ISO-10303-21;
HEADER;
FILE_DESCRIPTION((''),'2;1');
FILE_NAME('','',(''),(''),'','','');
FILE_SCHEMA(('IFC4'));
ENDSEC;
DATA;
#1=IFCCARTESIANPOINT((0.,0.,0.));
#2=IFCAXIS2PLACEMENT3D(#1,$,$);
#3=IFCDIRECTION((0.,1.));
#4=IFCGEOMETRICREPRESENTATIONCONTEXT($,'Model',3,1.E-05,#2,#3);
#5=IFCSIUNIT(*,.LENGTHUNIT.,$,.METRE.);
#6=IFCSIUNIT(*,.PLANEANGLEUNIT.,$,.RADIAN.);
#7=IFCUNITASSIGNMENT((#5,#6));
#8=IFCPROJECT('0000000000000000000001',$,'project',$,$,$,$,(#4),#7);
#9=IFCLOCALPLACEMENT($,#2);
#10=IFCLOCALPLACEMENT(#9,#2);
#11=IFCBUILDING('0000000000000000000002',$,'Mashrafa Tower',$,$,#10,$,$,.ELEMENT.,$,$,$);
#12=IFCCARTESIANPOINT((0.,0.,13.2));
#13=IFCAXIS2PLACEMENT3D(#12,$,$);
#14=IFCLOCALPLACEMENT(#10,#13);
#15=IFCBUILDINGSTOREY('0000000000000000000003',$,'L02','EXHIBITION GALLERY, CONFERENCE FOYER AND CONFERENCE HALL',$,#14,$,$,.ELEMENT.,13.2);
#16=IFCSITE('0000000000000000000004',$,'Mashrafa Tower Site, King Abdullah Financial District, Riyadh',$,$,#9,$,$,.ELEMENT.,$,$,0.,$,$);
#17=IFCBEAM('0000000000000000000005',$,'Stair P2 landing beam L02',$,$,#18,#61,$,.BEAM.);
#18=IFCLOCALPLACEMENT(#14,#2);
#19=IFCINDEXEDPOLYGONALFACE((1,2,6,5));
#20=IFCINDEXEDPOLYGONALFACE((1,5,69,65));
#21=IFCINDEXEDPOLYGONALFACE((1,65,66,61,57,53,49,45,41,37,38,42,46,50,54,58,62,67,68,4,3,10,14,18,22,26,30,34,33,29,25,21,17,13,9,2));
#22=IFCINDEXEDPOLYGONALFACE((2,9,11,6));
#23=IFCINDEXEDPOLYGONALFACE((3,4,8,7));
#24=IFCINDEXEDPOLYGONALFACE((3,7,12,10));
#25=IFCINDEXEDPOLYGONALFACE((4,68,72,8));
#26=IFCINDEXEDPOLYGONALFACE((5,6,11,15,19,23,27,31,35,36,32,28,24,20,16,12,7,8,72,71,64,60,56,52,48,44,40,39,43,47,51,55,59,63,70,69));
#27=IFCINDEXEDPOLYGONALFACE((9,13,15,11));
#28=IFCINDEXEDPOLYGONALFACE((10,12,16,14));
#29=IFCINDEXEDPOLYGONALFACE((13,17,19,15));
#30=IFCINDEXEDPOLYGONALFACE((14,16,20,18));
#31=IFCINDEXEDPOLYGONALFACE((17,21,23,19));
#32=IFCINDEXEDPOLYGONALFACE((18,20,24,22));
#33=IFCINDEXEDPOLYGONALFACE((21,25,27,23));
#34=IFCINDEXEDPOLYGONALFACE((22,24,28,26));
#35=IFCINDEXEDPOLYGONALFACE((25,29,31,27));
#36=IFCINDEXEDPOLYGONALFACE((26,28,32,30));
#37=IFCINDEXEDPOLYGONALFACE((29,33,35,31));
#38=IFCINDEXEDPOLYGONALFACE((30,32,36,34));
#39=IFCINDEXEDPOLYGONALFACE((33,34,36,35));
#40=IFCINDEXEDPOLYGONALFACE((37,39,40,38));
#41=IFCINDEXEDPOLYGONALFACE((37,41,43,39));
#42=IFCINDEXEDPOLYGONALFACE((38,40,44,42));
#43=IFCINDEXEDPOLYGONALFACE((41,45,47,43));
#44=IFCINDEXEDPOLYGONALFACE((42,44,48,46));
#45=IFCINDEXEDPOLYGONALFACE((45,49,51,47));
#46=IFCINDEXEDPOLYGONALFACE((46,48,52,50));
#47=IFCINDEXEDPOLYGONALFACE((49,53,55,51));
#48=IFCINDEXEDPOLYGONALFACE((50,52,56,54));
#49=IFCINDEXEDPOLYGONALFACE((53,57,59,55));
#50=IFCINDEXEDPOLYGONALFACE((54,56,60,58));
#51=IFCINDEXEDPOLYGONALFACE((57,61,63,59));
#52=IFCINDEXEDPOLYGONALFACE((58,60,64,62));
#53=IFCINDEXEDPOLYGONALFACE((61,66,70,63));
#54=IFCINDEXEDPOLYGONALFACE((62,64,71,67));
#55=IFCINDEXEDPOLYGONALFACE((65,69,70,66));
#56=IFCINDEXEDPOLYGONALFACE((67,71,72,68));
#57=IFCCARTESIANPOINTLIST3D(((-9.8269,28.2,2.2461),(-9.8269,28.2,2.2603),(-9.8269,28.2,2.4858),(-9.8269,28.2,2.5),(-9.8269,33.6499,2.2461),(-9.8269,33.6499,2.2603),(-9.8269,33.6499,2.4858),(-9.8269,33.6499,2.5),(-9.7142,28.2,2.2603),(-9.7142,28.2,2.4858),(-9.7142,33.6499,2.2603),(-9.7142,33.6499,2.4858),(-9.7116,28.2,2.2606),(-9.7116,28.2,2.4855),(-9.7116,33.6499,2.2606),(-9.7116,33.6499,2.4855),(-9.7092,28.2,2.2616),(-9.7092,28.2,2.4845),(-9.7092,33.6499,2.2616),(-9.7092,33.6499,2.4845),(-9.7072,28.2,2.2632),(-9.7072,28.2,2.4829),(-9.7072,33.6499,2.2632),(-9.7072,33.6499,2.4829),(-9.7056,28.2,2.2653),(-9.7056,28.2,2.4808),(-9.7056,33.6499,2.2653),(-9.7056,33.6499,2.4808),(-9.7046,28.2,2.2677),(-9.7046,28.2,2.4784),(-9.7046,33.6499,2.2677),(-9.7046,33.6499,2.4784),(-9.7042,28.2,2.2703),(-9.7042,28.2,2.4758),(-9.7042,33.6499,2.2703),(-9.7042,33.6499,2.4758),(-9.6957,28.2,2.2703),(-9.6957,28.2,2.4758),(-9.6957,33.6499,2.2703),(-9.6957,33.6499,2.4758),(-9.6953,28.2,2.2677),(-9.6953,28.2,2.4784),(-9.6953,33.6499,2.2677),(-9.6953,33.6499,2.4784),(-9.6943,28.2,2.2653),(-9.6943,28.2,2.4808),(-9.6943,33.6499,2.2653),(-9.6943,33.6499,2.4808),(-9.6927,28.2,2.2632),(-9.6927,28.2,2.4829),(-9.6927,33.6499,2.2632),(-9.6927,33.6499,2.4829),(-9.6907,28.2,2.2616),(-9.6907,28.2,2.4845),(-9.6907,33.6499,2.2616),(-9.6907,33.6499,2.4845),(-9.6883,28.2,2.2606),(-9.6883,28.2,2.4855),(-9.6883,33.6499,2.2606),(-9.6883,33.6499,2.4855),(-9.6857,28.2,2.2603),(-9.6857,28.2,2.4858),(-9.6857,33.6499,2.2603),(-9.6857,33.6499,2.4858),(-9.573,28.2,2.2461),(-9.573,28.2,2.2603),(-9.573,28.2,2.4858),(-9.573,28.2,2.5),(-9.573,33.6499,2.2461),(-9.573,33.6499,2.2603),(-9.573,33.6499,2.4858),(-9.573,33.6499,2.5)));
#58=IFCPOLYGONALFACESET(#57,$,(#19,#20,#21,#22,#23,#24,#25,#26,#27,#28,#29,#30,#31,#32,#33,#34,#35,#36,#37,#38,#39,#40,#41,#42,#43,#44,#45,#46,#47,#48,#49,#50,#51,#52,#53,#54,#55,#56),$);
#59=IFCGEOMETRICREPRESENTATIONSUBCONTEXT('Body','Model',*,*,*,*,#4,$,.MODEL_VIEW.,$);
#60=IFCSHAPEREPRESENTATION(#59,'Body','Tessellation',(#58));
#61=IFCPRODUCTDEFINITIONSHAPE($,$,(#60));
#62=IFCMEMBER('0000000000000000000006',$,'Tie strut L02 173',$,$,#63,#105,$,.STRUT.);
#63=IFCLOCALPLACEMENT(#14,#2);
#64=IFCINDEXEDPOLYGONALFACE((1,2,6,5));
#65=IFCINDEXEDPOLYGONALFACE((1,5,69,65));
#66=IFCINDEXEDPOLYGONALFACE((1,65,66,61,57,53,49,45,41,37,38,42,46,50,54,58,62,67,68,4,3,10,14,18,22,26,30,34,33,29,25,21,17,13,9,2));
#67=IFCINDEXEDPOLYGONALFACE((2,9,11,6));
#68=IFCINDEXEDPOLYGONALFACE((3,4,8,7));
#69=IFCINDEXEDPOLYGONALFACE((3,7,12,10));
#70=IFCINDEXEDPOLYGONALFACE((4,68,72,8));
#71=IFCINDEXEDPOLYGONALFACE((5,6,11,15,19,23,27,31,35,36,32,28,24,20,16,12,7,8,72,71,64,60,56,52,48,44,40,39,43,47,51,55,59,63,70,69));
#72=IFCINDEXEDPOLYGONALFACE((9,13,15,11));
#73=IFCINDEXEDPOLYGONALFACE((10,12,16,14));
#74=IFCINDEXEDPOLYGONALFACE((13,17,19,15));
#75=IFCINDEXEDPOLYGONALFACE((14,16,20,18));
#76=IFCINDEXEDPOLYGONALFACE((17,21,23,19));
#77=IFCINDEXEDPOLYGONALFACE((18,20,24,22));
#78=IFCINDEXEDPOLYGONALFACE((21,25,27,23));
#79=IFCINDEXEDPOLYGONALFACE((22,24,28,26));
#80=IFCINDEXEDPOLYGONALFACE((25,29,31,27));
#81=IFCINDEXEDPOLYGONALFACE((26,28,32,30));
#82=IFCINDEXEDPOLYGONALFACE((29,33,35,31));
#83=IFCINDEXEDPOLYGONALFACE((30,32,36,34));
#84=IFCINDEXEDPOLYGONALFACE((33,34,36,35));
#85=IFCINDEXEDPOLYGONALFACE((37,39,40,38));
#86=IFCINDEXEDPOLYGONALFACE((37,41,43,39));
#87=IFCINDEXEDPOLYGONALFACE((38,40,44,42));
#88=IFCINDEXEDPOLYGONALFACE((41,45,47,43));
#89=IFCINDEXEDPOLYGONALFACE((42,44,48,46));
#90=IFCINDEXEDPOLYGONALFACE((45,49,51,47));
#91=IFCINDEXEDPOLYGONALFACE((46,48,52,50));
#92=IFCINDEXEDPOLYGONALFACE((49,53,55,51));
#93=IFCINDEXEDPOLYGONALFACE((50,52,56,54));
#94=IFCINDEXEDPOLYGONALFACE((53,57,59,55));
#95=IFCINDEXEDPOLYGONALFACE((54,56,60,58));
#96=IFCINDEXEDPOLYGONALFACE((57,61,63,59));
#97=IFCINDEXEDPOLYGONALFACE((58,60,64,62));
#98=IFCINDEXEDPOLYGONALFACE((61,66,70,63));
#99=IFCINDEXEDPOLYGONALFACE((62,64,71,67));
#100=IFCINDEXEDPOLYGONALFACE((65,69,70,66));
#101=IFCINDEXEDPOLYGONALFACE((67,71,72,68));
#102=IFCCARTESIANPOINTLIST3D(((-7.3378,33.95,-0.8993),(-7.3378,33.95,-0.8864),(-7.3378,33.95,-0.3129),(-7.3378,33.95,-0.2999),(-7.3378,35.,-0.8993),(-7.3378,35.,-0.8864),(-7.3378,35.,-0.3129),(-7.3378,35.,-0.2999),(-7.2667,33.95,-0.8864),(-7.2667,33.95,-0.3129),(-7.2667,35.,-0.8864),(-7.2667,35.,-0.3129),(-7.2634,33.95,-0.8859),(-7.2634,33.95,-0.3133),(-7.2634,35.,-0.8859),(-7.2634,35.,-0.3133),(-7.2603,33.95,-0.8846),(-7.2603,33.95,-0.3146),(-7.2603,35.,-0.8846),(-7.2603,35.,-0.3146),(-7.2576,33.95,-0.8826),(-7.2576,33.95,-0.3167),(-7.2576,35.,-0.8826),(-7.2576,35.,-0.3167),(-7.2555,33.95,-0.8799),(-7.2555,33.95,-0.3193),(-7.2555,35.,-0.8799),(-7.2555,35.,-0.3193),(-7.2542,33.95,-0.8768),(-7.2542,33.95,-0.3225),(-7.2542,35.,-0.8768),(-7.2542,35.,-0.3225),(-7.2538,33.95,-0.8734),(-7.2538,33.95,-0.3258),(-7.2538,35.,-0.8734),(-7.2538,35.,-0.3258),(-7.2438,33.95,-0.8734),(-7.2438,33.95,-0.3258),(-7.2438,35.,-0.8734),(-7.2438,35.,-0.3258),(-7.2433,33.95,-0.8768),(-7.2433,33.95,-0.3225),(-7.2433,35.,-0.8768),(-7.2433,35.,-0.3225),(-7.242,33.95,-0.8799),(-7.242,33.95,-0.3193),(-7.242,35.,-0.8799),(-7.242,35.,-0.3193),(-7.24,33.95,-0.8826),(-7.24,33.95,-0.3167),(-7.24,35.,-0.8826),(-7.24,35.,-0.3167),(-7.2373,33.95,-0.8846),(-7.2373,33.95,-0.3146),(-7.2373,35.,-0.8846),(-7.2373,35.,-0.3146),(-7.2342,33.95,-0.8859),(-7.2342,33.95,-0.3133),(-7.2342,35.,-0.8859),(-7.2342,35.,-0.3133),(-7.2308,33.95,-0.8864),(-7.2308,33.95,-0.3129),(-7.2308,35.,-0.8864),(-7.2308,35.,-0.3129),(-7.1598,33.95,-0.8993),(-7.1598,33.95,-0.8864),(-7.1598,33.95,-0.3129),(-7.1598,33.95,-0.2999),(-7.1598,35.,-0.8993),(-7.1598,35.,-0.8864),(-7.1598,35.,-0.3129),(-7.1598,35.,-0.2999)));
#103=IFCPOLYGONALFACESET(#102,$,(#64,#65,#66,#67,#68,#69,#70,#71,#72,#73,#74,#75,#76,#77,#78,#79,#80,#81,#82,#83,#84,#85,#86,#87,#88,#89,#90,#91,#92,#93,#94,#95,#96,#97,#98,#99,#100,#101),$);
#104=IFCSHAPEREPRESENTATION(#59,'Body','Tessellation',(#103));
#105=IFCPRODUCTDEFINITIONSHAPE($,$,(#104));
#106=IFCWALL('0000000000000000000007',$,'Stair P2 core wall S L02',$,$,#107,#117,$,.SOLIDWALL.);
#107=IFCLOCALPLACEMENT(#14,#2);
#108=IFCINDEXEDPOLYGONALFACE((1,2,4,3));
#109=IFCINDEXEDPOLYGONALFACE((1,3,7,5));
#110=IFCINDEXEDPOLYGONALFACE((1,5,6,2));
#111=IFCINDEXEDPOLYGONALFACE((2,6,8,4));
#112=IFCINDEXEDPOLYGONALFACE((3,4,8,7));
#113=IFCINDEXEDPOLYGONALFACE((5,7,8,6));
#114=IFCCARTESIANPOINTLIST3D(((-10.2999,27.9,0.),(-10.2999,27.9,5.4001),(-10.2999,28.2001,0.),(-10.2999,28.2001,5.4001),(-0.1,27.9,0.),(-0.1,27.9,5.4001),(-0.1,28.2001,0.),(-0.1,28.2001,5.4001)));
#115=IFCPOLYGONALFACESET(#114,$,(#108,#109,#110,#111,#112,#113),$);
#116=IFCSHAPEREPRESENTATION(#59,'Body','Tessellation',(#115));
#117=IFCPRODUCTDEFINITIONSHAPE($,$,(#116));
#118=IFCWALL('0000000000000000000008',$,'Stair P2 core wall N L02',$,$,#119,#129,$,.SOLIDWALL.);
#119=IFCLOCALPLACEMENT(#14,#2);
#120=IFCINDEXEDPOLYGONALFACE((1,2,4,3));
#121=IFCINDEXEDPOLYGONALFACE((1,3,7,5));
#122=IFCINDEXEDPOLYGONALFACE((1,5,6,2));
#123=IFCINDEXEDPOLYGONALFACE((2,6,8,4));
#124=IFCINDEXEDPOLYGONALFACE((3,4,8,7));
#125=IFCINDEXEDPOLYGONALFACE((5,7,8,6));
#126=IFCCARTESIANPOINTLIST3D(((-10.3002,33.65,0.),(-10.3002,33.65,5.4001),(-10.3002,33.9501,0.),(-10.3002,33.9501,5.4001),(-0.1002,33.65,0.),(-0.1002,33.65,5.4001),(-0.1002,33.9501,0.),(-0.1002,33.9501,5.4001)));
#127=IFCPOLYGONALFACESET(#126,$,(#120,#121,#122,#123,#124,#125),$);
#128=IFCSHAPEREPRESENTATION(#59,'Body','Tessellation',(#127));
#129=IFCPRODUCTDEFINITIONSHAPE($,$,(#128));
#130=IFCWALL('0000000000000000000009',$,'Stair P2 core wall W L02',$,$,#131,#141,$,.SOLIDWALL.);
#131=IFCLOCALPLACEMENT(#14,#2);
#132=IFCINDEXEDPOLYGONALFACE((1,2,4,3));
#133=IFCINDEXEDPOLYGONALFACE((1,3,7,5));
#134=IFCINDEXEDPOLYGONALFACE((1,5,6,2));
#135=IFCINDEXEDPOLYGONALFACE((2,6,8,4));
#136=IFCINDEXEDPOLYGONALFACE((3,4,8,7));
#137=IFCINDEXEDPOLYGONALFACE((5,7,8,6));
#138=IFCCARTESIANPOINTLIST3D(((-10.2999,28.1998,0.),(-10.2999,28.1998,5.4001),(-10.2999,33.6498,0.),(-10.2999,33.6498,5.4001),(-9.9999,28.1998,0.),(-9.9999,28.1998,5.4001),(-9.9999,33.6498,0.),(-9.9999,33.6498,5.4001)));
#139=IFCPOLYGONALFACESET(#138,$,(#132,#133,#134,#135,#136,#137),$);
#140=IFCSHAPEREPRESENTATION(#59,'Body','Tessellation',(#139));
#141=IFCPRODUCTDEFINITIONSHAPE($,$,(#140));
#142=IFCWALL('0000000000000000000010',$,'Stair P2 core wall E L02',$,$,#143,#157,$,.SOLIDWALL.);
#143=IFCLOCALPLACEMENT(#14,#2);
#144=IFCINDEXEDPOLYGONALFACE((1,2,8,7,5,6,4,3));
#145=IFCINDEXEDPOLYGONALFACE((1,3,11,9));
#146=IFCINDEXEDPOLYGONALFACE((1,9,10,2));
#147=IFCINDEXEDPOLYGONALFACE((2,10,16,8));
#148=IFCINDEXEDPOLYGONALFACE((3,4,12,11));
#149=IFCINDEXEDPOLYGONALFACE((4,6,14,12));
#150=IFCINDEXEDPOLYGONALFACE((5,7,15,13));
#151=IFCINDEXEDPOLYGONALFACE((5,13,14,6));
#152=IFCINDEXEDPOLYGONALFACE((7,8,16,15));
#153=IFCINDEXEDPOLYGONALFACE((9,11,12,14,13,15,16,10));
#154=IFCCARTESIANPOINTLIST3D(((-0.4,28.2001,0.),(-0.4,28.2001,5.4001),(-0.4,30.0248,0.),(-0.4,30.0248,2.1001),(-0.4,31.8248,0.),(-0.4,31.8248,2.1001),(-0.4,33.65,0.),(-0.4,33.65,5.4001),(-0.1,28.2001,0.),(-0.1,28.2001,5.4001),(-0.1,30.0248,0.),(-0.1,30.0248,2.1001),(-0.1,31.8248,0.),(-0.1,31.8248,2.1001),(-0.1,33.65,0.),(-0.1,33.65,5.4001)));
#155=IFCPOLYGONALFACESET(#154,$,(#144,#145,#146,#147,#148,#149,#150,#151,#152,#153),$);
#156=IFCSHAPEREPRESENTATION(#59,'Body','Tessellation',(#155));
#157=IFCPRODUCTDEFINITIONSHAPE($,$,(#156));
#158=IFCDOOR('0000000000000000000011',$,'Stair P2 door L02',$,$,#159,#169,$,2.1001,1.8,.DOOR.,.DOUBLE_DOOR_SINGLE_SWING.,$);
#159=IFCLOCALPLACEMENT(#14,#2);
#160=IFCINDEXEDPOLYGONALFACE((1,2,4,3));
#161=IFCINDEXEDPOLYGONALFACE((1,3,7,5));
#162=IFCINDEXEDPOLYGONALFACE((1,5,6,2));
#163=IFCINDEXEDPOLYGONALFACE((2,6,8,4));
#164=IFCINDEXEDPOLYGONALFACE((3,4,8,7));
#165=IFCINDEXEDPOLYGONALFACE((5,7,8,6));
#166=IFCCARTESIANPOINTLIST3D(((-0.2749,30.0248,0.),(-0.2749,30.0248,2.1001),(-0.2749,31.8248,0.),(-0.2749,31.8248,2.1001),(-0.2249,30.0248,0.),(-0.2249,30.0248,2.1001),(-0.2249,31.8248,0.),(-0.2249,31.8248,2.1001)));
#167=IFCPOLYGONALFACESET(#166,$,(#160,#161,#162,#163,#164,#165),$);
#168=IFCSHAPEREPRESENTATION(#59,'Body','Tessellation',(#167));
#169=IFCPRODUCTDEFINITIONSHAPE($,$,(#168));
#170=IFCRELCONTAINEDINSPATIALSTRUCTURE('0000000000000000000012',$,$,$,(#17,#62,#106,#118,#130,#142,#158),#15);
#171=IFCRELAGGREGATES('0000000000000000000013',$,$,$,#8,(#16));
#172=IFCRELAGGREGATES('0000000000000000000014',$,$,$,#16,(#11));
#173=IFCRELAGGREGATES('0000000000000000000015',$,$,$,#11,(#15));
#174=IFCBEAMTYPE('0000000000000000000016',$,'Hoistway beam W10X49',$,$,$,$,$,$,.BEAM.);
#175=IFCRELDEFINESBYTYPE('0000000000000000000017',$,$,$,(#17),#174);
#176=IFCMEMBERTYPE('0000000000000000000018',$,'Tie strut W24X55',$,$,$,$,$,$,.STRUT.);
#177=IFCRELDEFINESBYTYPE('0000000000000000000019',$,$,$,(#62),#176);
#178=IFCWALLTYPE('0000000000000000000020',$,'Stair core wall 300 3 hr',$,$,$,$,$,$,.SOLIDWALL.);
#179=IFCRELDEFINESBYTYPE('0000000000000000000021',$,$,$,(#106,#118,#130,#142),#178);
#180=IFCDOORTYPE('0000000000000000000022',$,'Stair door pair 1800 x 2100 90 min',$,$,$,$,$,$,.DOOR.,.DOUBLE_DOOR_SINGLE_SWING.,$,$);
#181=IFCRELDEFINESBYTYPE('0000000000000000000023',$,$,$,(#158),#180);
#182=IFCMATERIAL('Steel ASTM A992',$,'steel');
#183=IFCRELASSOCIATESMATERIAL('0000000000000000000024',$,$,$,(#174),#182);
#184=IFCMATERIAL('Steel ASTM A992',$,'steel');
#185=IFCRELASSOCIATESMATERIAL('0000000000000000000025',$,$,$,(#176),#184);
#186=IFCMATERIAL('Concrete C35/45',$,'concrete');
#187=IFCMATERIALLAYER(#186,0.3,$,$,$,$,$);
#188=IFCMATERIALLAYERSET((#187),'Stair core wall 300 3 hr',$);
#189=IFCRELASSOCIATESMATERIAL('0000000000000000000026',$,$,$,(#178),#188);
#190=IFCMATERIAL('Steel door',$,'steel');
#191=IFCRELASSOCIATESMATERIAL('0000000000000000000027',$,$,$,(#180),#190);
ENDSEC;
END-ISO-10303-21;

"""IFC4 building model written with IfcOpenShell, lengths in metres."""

from ifc_helpers import new_model, si_unit, direction, frame, frame_2d, origin, origin_2d, place, context, subcontext, project, spatial, rectangle, i_section, extrude, source, transform, mapped, material, layer, layer_set, material_profile, profile_set, type_object, type_shapes, element, fill, save


model = new_model("IFC4")

# Units and contexts
model_context = context("Model", 3, precision=1e-05, world=origin(), true_north=direction((0.0, 1.0)))
body_context = subcontext(model_context, "Body", "Model", "MODEL_VIEW")
ifc_project = project(units=[si_unit("LENGTHUNIT", "METRE"), si_unit("PLANEANGLEUNIT", "RADIAN")], contexts=[model_context])

# Site, building, storey
site_placement = place(None, origin())
site = spatial("IfcSite", under=ifc_project, at=site_placement, Name="Mashrafa Tower Site, King Abdullah Financial District, Riyadh", CompositionType="ELEMENT", RefElevation=0.0)
building_placement = place(site_placement, origin())
building = spatial("IfcBuilding", under=site, at=building_placement, Name="Mashrafa Tower", CompositionType="ELEMENT")
storey_placement = place(building_placement, frame((0.0, 0.0, 13.2)))
storey = spatial("IfcBuildingStorey", under=building, at=storey_placement, Name="L02", Description="EXHIBITION GALLERY, CONFERENCE FOYER AND CONFERENCE HALL", CompositionType="ELEMENT", Elevation=13.2)

# Beam
ifc_material_1 = material(Name="Steel ASTM A992", Category="steel")
ifc_material_profile_1 = material_profile(ifc_material_1, i_section(OverallWidth=0.2539, OverallDepth=0.2539, WebThickness=0.0085, FlangeThickness=0.0142, FilletRadius=0.01, at=origin_2d()), Name="W10X49")
ifc_profile_set_1 = profile_set([ifc_material_profile_1], Name="Steel ASTM A992")
beam_type_1 = type_object("IfcBeamType", Name="Hoistway beam W10X49", PredefinedType="BEAM", material=ifc_profile_set_1)
for number, where, z_axis, x_axis, name in (
    (1, (-9.7, 28.2, 2.373), (0.0, 1.0, 0.0), (-1.0, 0.0, 0.0), "Stair P2 landing beam L02"),
):
    element("IfcBeam", number, at=place(storey_placement, frame(where, z_axis=z_axis, x_axis=x_axis)), inside=storey, type_object=beam_type_1, Name=name, PredefinedType="BEAM", context=body_context, shape_type="SweptSolid", body=[
        extrude(i_section(OverallWidth=0.2539, OverallDepth=0.2539, WebThickness=0.0085, FlangeThickness=0.0142, FilletRadius=0.01, at=origin_2d()), origin(), (0.0, 0.0, 1.0), 5.45),
    ])

# Member
ifc_material_2 = material(Name="Steel ASTM A992", Category="steel")
ifc_material_profile_2 = material_profile(ifc_material_2, i_section(OverallWidth=0.178, OverallDepth=0.5994, WebThickness=0.01, FlangeThickness=0.0129, FilletRadius=0.0129, at=origin_2d()), Name="W24X55")
ifc_profile_set_2 = profile_set([ifc_material_profile_2], Name="Steel ASTM A992")
member_type = type_object("IfcMemberType", Name="Tie strut W24X55", PredefinedType="STRUT", material=ifc_profile_set_2)
shared_shape = source(origin(), body_context, "Body", "SweptSolid", [
    extrude(i_section(OverallWidth=0.178, OverallDepth=0.5994, WebThickness=0.01, FlangeThickness=0.0129, FilletRadius=0.0129, at=origin_2d()), origin(), (0.0, 0.0, 1.0), 1.05),
])
type_shapes(member_type, [shared_shape])
member_placement = place(storey_placement, frame((-7.2488, 33.95, -0.5996), z_axis=(0.0, 1.0, 0.0), x_axis=(-1.0, 0.0, 0.0)))
element("IfcMember", 2, at=member_placement, inside=storey, type_object=member_type, Name="Tie strut L02 173", PredefinedType="STRUT", context=body_context, shape_type="MappedRepresentation", body=[
    mapped(shared_shape, transform((0.0, 0.0, 0.0))),
])

# Walls
ifc_material_3 = material(Name="Concrete C35/45", Category="concrete")
ifc_layer = layer(ifc_material_3, 0.3)
ifc_layer_set = layer_set([ifc_layer], Name="Stair core wall 300 3 hr")
wall_type = type_object("IfcWallType", Name="Stair core wall 300 3 hr", PredefinedType="SOLIDWALL", material=ifc_layer_set)
for number, where, z_axis, x_axis, name in (
    (3, (-10.3, 28.05, 0.0), (0.0, 0.0, 1.0), (1.0, 0.0, 0.0), "Stair P2 core wall S L02"),
    (4, (-0.1001, 33.8, 0.0), (0.0, 0.0, 1.0), (-1.0, 0.0, 0.0), "Stair P2 core wall N L02"),
):
    element("IfcWall", number, at=place(storey_placement, frame(where, z_axis=z_axis, x_axis=x_axis)), inside=storey, type_object=wall_type, Name=name, PredefinedType="SOLIDWALL", context=body_context, shape_type="SweptSolid", body=[
        extrude(rectangle(XDim=10.2, YDim=0.3, at=frame_2d((5.1001, 0.0))), origin(), (0.0, 0.0, 1.0), 5.4001),
    ])
wall_1_placement = place(storey_placement, frame((-10.1499, 33.6499, 0.0), z_axis=(0.0, 0.0, 1.0), x_axis=(0.0, -1.0, 0.0)))
element("IfcWall", 5, at=wall_1_placement, inside=storey, type_object=wall_type, Name="Stair P2 core wall W L02", PredefinedType="SOLIDWALL", context=body_context, shape_type="SweptSolid", body=[
    extrude(rectangle(XDim=5.45, YDim=0.3, at=frame_2d((2.7251, 0.0))), origin(), (0.0, 0.0, 1.0), 5.4001),
])

# Wall, opening, door
wall_2_placement = place(storey_placement, frame((-0.25, 28.2, 0.0), z_axis=(0.0, 0.0, 1.0), x_axis=(0.0, 1.0, 0.0)))
wall_2 = element("IfcWall", 6, at=wall_2_placement, inside=storey, type_object=wall_type, Name="Stair P2 core wall E L02", PredefinedType="SOLIDWALL", context=body_context, shape_type="SweptSolid", body=[
    extrude(rectangle(XDim=5.45, YDim=0.3, at=frame_2d((2.7251, 0.0))), origin(), (0.0, 0.0, 1.0), 5.4001),
])
opening_placement = place(wall_2_placement, frame((1.825, 0.0, 0.0)))
opening = element("IfcOpeningElement", 7, at=opening_placement, cuts=wall_2, PredefinedType="OPENING", context=body_context, shape_type="SweptSolid", body=[
    extrude(rectangle(XDim=1.8, YDim=2.1001, at=frame_2d((0.8999, 1.05))), frame((0.0, 0.1599, 0.0), z_axis=(0.0, -1.0, 0.0), x_axis=(1.0, 0.0, 0.0)), (0.0, 0.0, 1.0), 0.3201),
])
ifc_material_4 = material(Name="Steel door", Category="steel")
door_type = type_object("IfcDoorType", Name="Stair door pair 1800 x 2100 90 min", OperationType="DOUBLE_DOOR_SINGLE_SWING", PredefinedType="DOOR", material=ifc_material_4)
door_placement = place(opening_placement, origin())
door = element("IfcDoor", 8, at=door_placement, inside=storey, type_object=door_type, Name="Stair P2 door L02", OperationType="DOUBLE_DOOR_SINGLE_SWING", OverallHeight=2.1001, OverallWidth=1.8, PredefinedType="DOOR", context=body_context, shape_type="SweptSolid", body=[
    extrude(rectangle(XDim=1.8, YDim=2.1001, at=frame_2d((0.8999, 1.05))), frame((0.0, 0.0249, 0.0), z_axis=(0.0, -1.0, 0.0), x_axis=(1.0, 0.0, 0.0)), (0.0, 0.0, 1.0), 0.05),
])
fill(opening, door)

save(model, "model.ifc")
